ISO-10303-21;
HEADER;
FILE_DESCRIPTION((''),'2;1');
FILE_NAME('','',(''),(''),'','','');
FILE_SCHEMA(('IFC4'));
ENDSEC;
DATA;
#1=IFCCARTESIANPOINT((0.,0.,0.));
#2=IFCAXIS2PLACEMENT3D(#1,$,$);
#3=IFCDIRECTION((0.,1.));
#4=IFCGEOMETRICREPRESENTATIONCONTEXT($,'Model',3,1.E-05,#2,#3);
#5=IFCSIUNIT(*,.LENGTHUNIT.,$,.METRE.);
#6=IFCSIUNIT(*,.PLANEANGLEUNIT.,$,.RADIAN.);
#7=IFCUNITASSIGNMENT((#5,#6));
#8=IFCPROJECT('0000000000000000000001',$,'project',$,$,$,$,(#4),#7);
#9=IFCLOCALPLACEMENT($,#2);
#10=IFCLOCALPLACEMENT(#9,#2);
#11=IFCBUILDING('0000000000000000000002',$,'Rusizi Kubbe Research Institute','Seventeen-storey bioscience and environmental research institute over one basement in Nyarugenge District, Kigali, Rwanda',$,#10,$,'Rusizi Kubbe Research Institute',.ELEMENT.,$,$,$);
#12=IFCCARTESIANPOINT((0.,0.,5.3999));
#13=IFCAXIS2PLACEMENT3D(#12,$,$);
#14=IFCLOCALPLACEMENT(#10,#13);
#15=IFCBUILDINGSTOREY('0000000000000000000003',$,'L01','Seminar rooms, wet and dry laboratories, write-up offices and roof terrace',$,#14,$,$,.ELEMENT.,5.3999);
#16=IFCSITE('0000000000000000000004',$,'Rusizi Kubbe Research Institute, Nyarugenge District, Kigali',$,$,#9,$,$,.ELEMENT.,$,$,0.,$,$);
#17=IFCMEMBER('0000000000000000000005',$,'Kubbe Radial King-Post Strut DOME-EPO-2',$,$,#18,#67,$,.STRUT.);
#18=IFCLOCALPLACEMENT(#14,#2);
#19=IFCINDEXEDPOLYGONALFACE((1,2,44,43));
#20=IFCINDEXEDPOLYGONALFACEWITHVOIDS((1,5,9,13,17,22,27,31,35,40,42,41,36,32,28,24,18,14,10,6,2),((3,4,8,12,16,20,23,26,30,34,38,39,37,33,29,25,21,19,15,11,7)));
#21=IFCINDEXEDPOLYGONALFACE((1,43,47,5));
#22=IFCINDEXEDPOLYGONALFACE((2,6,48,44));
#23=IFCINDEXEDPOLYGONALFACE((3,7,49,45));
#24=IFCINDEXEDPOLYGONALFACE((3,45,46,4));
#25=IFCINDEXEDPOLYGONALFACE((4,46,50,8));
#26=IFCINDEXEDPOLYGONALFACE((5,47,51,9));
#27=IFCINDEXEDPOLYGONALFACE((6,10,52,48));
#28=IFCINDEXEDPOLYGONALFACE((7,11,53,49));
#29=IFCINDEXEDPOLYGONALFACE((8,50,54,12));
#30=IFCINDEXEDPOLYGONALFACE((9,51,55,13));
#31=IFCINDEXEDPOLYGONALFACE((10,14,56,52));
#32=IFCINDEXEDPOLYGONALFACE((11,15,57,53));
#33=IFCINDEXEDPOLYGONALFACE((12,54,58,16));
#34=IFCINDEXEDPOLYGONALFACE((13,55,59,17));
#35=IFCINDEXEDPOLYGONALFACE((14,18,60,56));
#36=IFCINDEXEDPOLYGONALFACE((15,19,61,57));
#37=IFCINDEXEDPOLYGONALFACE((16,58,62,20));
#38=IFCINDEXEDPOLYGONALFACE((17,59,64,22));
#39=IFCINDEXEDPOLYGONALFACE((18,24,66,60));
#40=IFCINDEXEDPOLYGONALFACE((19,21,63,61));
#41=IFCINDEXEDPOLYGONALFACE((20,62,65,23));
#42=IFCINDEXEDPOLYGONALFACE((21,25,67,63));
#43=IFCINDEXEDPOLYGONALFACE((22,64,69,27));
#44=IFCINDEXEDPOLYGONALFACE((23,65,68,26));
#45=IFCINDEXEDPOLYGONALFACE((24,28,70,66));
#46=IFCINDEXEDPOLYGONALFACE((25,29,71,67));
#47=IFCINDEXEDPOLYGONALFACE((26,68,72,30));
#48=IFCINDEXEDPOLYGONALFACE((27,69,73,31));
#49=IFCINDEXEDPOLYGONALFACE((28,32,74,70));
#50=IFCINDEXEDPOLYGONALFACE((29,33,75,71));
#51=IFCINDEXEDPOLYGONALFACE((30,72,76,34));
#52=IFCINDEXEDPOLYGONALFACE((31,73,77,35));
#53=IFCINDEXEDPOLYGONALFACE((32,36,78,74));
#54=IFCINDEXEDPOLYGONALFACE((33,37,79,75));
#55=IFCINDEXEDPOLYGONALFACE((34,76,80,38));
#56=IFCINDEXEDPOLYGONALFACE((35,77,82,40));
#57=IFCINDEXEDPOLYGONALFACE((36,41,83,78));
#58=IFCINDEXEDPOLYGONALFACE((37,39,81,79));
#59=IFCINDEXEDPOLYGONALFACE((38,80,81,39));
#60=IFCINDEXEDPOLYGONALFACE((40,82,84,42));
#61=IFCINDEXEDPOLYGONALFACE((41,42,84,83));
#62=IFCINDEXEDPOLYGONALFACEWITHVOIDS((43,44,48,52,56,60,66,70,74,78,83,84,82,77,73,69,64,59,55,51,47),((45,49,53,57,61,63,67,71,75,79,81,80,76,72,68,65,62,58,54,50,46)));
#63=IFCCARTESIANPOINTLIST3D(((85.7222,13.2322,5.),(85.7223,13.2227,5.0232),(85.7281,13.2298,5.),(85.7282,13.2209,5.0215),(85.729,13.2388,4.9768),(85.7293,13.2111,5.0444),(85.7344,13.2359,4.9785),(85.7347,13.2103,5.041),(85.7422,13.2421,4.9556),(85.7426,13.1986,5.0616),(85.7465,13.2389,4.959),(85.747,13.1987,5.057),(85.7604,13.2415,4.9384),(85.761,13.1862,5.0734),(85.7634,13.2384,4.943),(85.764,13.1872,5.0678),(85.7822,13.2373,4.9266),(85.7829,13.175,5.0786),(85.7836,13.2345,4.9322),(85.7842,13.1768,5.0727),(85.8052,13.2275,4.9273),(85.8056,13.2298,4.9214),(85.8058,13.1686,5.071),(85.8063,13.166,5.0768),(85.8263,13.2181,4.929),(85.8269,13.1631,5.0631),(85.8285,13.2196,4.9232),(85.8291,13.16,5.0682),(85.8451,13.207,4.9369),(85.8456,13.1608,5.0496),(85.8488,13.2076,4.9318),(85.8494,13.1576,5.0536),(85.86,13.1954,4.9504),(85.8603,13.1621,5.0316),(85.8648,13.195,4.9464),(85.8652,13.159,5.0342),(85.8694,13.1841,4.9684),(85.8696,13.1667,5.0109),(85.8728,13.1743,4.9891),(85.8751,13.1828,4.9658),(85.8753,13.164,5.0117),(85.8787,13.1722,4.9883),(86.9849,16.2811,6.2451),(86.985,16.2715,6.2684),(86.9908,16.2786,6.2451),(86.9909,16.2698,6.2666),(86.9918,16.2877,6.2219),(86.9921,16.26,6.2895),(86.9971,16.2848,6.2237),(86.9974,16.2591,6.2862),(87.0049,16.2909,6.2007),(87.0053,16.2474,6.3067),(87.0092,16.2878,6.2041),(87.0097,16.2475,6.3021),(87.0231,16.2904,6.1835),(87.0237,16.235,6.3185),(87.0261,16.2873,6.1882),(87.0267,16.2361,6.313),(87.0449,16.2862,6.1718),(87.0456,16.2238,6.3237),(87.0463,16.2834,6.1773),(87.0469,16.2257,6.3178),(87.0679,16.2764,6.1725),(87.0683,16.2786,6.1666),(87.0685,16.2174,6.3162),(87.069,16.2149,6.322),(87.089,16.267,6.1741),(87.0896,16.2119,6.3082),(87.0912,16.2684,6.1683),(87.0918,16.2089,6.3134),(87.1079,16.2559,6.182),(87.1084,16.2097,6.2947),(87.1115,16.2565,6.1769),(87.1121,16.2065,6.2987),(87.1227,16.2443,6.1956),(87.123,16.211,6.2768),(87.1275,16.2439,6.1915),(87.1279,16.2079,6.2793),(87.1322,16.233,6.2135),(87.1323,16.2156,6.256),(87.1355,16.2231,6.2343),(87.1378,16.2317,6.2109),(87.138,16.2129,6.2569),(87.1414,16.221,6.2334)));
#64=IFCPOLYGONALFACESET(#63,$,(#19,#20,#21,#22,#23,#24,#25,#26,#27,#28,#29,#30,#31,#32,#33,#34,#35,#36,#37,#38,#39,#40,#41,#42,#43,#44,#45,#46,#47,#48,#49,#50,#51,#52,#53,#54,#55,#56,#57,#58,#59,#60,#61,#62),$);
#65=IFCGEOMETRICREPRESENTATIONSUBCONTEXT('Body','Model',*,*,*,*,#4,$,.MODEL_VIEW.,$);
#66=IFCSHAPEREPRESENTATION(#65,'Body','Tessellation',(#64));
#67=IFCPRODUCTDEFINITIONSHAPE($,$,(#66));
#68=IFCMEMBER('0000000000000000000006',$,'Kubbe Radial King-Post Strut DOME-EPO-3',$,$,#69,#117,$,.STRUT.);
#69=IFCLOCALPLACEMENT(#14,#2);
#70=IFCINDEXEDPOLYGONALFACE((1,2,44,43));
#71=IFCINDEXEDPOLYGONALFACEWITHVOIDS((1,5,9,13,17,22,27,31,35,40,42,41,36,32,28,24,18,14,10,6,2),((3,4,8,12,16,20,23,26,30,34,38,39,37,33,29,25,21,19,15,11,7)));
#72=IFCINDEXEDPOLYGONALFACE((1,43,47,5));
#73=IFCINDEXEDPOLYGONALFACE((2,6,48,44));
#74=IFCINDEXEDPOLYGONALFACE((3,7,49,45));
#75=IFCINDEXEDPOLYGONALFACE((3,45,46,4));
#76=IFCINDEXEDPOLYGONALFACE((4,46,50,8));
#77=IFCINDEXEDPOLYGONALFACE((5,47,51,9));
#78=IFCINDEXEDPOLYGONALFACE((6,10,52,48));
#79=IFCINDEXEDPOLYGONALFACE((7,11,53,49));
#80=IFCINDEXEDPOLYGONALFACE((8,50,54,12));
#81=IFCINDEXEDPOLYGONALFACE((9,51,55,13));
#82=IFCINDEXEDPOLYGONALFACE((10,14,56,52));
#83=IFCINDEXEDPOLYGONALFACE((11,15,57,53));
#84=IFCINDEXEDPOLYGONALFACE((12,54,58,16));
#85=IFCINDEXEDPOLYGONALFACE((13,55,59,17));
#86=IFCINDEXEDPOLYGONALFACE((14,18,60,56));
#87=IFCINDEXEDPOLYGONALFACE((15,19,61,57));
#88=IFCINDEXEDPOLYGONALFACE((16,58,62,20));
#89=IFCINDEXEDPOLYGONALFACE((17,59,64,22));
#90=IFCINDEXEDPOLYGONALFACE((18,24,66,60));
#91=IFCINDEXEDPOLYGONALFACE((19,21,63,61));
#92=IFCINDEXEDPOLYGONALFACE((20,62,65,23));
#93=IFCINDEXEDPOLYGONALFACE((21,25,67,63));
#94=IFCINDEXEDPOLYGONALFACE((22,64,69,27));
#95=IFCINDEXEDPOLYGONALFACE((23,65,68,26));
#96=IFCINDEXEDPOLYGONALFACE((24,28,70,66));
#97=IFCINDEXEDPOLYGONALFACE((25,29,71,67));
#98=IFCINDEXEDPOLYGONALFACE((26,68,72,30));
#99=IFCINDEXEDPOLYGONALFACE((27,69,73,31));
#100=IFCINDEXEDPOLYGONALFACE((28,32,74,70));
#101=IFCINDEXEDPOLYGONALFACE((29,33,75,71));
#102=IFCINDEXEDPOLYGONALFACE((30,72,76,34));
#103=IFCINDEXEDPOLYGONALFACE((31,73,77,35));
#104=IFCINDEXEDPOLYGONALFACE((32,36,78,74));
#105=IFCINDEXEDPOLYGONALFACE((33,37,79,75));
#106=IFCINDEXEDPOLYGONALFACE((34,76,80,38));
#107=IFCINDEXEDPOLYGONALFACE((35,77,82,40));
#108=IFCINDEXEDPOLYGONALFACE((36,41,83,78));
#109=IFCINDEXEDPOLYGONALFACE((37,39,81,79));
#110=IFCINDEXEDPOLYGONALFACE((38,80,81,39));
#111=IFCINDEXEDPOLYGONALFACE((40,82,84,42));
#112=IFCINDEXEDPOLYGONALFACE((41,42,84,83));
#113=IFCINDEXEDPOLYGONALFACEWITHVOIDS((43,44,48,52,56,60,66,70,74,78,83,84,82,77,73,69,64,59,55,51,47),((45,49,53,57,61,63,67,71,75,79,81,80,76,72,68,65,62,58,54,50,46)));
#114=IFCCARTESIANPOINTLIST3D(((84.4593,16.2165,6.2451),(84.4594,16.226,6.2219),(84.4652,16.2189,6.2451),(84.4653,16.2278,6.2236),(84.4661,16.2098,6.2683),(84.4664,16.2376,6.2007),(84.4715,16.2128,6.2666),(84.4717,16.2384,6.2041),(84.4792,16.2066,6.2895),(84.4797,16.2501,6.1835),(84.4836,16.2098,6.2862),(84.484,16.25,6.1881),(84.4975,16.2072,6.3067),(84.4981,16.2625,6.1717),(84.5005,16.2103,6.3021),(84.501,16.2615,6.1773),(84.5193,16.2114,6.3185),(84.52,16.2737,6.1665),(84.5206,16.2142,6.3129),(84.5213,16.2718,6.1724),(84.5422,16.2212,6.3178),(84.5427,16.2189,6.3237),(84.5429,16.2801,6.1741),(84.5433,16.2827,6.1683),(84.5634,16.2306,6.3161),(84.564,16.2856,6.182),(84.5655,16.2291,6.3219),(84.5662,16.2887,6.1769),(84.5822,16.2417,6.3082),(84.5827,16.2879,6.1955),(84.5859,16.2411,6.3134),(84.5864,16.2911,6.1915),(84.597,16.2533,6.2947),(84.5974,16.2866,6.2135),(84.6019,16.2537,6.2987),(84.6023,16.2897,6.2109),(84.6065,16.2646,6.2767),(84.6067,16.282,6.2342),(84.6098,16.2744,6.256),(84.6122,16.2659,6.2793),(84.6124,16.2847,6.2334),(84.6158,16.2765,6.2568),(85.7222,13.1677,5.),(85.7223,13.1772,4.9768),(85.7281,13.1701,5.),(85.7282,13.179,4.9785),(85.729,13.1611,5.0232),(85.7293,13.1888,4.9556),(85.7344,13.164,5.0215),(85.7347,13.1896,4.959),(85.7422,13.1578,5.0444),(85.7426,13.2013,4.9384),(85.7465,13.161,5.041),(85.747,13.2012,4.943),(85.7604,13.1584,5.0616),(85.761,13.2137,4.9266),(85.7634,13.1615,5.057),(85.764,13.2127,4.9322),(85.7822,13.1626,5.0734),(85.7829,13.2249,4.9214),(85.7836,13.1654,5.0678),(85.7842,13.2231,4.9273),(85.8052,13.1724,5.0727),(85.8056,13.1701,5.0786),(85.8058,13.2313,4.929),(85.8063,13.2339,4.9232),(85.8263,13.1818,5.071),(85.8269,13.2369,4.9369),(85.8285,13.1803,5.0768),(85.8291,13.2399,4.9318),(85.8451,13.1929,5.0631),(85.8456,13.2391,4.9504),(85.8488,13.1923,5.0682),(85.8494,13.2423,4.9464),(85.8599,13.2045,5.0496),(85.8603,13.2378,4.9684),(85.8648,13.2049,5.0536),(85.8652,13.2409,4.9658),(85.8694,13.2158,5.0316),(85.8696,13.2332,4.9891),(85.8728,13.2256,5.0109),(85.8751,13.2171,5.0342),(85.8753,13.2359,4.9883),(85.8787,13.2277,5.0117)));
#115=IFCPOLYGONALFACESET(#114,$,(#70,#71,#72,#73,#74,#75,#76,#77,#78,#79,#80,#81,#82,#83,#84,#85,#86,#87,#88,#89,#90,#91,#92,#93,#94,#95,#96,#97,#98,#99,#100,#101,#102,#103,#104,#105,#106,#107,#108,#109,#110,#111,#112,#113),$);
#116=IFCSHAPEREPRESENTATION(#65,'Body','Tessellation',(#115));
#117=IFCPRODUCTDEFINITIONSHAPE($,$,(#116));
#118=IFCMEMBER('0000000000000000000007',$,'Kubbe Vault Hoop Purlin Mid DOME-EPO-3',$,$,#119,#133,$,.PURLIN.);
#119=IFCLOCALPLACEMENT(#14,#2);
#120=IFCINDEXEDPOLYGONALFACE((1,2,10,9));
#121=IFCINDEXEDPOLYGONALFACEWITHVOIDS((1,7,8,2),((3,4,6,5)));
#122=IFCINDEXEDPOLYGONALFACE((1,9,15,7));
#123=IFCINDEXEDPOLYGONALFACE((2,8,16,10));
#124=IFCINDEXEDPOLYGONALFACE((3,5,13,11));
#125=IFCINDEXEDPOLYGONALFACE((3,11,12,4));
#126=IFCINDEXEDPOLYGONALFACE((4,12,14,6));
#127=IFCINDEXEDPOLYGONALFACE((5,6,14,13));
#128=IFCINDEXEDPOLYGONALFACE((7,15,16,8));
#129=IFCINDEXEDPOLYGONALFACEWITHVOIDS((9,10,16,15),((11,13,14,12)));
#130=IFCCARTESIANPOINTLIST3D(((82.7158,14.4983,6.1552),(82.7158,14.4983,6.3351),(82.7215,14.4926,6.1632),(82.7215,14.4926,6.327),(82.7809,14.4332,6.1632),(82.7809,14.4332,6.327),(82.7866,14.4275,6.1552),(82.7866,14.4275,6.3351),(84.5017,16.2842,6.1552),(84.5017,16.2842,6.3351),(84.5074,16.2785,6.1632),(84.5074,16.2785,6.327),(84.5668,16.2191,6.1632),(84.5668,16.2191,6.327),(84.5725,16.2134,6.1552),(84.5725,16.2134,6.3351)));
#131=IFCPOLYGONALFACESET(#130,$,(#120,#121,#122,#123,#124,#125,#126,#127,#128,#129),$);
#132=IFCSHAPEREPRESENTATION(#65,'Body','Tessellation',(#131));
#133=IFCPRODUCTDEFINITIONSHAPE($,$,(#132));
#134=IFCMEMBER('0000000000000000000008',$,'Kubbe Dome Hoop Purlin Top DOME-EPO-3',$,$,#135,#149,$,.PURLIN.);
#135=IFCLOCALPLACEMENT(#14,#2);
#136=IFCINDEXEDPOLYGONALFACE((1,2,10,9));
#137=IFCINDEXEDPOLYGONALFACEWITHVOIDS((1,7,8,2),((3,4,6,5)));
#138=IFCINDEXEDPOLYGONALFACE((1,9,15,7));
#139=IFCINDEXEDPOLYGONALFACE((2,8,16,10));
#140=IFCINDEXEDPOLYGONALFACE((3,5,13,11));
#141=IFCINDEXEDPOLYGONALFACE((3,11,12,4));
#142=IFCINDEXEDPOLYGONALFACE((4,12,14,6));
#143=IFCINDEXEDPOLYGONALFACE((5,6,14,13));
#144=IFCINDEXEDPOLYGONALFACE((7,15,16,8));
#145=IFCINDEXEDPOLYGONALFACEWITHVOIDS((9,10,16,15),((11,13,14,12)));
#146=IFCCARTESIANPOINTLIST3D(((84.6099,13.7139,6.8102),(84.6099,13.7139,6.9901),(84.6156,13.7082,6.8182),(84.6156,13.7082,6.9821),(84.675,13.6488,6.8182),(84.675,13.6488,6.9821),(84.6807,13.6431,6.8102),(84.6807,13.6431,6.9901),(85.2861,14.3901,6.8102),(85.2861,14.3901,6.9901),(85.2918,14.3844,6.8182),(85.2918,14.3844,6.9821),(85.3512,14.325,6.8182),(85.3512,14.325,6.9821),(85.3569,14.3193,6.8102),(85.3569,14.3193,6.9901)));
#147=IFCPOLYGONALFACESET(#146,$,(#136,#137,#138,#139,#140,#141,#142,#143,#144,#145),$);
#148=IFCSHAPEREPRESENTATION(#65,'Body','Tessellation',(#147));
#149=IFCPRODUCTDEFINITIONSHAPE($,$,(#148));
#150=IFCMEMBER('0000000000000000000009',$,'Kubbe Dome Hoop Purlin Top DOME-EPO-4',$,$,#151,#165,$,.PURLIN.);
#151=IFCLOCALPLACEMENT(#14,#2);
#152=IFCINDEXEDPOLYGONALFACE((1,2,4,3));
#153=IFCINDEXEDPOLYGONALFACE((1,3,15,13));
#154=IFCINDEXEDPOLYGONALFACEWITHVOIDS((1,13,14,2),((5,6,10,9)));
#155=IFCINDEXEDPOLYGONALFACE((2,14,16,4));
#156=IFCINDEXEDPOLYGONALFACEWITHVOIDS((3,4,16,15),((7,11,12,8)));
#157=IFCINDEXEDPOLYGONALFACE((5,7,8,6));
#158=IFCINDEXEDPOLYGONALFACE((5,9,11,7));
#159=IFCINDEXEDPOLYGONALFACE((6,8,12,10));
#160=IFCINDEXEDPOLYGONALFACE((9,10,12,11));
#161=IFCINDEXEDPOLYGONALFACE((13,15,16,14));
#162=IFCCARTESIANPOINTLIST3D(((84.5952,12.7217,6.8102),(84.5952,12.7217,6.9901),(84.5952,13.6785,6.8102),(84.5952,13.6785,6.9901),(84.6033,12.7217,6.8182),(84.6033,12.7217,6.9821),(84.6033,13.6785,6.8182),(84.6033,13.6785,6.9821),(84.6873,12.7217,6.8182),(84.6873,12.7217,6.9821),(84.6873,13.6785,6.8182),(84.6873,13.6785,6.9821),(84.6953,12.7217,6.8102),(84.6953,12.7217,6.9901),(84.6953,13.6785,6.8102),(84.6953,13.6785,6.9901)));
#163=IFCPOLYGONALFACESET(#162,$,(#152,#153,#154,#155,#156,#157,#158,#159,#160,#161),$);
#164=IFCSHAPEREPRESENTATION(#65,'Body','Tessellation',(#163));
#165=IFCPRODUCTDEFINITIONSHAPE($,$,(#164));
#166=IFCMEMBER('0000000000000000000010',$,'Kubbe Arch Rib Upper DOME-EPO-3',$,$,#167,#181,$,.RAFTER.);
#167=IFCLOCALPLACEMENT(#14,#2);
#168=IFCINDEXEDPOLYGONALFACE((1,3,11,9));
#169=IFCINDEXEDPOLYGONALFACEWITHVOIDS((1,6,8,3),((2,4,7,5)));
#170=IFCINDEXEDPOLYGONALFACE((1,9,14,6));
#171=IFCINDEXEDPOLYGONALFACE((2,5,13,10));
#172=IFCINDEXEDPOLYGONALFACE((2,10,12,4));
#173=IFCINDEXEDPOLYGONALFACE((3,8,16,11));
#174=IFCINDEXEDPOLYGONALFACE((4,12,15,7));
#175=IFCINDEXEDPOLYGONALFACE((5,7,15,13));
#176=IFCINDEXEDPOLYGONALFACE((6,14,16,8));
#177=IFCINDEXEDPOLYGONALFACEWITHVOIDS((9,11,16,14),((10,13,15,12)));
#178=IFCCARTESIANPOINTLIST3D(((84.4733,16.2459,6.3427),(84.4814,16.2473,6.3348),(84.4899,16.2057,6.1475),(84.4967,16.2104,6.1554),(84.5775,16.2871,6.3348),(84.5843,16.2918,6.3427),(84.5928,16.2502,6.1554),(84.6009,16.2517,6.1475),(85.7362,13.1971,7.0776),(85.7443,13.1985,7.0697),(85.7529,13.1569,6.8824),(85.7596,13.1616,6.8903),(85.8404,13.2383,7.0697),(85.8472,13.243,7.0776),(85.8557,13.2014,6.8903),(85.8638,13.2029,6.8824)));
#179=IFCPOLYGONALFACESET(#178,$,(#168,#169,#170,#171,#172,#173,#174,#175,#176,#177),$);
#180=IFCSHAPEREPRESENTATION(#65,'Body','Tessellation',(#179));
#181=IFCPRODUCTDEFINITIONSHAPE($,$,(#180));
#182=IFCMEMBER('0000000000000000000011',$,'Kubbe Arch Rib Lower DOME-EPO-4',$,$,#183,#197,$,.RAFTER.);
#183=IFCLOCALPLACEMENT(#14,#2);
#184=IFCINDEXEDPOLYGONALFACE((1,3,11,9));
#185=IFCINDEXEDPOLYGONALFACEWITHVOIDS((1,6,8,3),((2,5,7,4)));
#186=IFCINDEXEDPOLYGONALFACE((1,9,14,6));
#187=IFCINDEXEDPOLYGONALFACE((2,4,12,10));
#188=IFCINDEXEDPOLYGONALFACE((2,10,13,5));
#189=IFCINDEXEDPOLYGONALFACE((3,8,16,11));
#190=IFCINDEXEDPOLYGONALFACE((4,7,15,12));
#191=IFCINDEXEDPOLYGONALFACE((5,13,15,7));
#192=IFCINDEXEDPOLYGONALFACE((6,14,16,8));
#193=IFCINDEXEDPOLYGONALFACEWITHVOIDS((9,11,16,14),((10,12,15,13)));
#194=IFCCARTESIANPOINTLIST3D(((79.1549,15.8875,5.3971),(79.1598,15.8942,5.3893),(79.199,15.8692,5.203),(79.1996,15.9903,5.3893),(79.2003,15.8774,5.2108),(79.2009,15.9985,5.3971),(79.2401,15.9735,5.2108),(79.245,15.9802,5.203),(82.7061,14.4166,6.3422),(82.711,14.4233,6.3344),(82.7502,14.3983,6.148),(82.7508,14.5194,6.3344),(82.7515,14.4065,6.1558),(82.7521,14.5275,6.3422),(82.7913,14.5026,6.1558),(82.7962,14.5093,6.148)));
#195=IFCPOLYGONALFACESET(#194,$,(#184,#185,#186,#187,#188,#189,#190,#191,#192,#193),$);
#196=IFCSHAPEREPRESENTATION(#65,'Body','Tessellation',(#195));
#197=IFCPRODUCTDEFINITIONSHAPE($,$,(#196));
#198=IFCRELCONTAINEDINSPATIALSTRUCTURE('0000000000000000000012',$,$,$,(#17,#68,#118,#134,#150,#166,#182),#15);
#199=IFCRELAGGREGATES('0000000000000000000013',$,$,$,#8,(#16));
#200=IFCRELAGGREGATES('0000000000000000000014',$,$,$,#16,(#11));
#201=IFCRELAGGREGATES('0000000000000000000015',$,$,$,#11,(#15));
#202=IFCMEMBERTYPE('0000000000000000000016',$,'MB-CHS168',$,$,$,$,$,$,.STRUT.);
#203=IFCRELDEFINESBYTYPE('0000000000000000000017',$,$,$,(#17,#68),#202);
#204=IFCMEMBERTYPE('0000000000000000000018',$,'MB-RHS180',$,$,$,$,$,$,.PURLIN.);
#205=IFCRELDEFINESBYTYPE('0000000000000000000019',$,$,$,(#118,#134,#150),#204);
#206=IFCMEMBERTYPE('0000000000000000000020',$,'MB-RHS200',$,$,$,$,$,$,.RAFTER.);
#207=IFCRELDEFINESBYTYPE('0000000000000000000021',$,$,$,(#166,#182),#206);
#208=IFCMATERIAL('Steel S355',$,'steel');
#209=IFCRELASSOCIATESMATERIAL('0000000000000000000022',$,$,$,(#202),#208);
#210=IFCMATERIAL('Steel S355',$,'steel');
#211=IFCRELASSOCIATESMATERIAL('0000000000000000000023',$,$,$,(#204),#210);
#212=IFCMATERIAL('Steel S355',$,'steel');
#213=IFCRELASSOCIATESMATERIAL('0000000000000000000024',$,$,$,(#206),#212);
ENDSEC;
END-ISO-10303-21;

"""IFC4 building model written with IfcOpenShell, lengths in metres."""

from ifc_helpers import new_model, si_unit, direction, frame, origin, origin_2d, place, context, subcontext, project, spatial, hollow_rectangle, hollow_circle, extrude, material, material_profile, profile_set, type_object, element, save


model = new_model("IFC4")

# Units and contexts
model_context = context("Model", 3, precision=1e-05, world=origin(), true_north=direction((0.0, 1.0)))
body_context = subcontext(model_context, "Body", "Model", "MODEL_VIEW")
ifc_project = project(units=[si_unit("LENGTHUNIT", "METRE"), si_unit("PLANEANGLEUNIT", "RADIAN")], contexts=[model_context])

# Site, building, storey
site_placement = place(None, origin())
site = spatial("IfcSite", under=ifc_project, at=site_placement, Name="Rusizi Kubbe Research Institute, Nyarugenge District, Kigali", CompositionType="ELEMENT", RefElevation=0.0)
building_placement = place(site_placement, origin())
building = spatial("IfcBuilding", under=site, at=building_placement, Name="Rusizi Kubbe Research Institute", Description="Seventeen-storey bioscience and environmental research institute over one basement in Nyarugenge District, Kigali, Rwanda", LongName="Rusizi Kubbe Research Institute", CompositionType="ELEMENT")
storey_placement = place(building_placement, frame((0.0, 0.0, 5.3999)))
storey = spatial("IfcBuildingStorey", under=building, at=storey_placement, Name="L01", Description="Seminar rooms, wet and dry laboratories, write-up offices and roof terrace", CompositionType="ELEMENT", Elevation=5.3999)

# Members
ifc_material_1 = material(Name="Steel S355", Category="steel")
ifc_material_profile_1 = material_profile(ifc_material_1, hollow_circle(Radius=0.0842, WallThickness=0.0063, at=origin_2d()), Name="CHS 168.3x6.3")
ifc_profile_set_1 = profile_set([ifc_material_profile_1], Name="Steel S355")
member_type_1 = type_object("IfcMemberType", Name="MB-CHS168", PredefinedType="STRUT", material=ifc_profile_set_1)
for number, where, z_axis, x_axis, name in (
    (1, (85.8, 13.2, 5.0), (0.358003, 0.864414, 0.35302), (-0.923898, 0.382639, 0.0), "Kubbe Radial King-Post Strut DOME-EPO-2"),
    (2, (85.8, 13.2, 5.0), (-0.358064, 0.864392, 0.353011), (-0.923872, -0.382702, 0.0), "Kubbe Radial King-Post Strut DOME-EPO-3"),
):
    element("IfcMember", number, at=place(storey_placement, frame(where, z_axis=z_axis, x_axis=x_axis)), inside=storey, type_object=member_type_1, Name=name, PredefinedType="STRUT", context=body_context, shape_type="SweptSolid", body=[
        extrude(hollow_circle(Radius=0.0842, WallThickness=0.0063, at=origin_2d()), origin(), (0.0, 0.0, 1.0), 3.5271),
    ])
ifc_material_2 = material(Name="Steel S355", Category="steel")
ifc_material_profile_2 = material_profile(ifc_material_2, hollow_rectangle(XDim=0.1001, YDim=0.1799, WallThickness=0.0081, at=origin_2d()), Name="RHS 180x100x8.0")
ifc_profile_set_2 = profile_set([ifc_material_profile_2], Name="Steel S355")
member_type_2 = type_object("IfcMemberType", Name="MB-RHS180", PredefinedType="PURLIN", material=ifc_profile_set_2)
member_1_placement = place(storey_placement, frame((84.5371, 16.2488, 6.2451), z_axis=(-0.707107, -0.707107, 0.0), x_axis=(0.707107, -0.707107, 0.0)))
element("IfcMember", 3, at=member_1_placement, inside=storey, type_object=member_type_2, Name="Kubbe Vault Hoop Purlin Mid DOME-EPO-3", PredefinedType="PURLIN", context=body_context, shape_type="SweptSolid", body=[
    extrude(hollow_rectangle(XDim=0.1001, YDim=0.1799, WallThickness=0.0081, at=origin_2d()), origin(), (0.0, 0.0, 1.0), 2.5256),
])
member_2_placement = place(storey_placement, frame((85.3215, 14.3547, 6.9001), z_axis=(-0.707107, -0.707107, 0.0), x_axis=(0.707107, -0.707107, 0.0)))
element("IfcMember", 4, at=member_2_placement, inside=storey, type_object=member_type_2, Name="Kubbe Dome Hoop Purlin Top DOME-EPO-3", PredefinedType="PURLIN", context=body_context, shape_type="SweptSolid", body=[
    extrude(hollow_rectangle(XDim=0.1001, YDim=0.1799, WallThickness=0.0081, at=origin_2d()), origin(), (0.0, 0.0, 1.0), 0.9563),
])
member_3_placement = place(storey_placement, frame((84.6453, 13.6785, 6.9001), z_axis=(0.0, -1.0, 0.0), x_axis=(1.0, 0.0, 0.0)))
element("IfcMember", 5, at=member_3_placement, inside=storey, type_object=member_type_2, Name="Kubbe Dome Hoop Purlin Top DOME-EPO-4", PredefinedType="PURLIN", context=body_context, shape_type="SweptSolid", body=[
    extrude(hollow_rectangle(XDim=0.1001, YDim=0.1799, WallThickness=0.0081, at=origin_2d()), origin(), (0.0, 0.0, 1.0), 0.9568),
])
ifc_material_3 = material(Name="Steel S355", Category="steel")
ifc_material_profile_3 = material_profile(ifc_material_3, hollow_rectangle(XDim=0.1201, YDim=0.2, WallThickness=0.0081, at=origin_2d()), Name="RHS 200x120x8.0")
ifc_profile_set_3 = profile_set([ifc_material_profile_3], Name="Steel S355")
member_type_3 = type_object("IfcMemberType", Name="MB-RHS200", PredefinedType="RAFTER", material=ifc_profile_set_3)
member_4_placement = place(storey_placement, frame((84.5371, 16.2488, 6.2451), z_axis=(0.373553, -0.901784, 0.217358), x_axis=(0.923872, 0.382702, 0.0)))
element("IfcMember", 6, at=member_4_placement, inside=storey, type_object=member_type_3, Name="Kubbe Arch Rib Upper DOME-EPO-3", PredefinedType="RAFTER", context=body_context, shape_type="SweptSolid", body=[
    extrude(hollow_rectangle(XDim=0.1201, YDim=0.2, WallThickness=0.0081, at=origin_2d()), origin(), (0.0, 0.0, 1.0), 3.3809),
])
member_5_placement = place(storey_placement, frame((79.2, 15.9338, 5.3), z_axis=(0.897164, -0.371608, 0.238754), x_axis=(0.382675, 0.923883, 0.0)))
element("IfcMember", 7, at=member_5_placement, inside=storey, type_object=member_type_3, Name="Kubbe Arch Rib Lower DOME-EPO-4", PredefinedType="RAFTER", context=body_context, shape_type="SweptSolid", body=[
    extrude(hollow_rectangle(XDim=0.1201, YDim=0.2, WallThickness=0.0081, at=origin_2d()), origin(), (0.0, 0.0, 1.0), 3.9583),
])

save(model, "model.ifc")
